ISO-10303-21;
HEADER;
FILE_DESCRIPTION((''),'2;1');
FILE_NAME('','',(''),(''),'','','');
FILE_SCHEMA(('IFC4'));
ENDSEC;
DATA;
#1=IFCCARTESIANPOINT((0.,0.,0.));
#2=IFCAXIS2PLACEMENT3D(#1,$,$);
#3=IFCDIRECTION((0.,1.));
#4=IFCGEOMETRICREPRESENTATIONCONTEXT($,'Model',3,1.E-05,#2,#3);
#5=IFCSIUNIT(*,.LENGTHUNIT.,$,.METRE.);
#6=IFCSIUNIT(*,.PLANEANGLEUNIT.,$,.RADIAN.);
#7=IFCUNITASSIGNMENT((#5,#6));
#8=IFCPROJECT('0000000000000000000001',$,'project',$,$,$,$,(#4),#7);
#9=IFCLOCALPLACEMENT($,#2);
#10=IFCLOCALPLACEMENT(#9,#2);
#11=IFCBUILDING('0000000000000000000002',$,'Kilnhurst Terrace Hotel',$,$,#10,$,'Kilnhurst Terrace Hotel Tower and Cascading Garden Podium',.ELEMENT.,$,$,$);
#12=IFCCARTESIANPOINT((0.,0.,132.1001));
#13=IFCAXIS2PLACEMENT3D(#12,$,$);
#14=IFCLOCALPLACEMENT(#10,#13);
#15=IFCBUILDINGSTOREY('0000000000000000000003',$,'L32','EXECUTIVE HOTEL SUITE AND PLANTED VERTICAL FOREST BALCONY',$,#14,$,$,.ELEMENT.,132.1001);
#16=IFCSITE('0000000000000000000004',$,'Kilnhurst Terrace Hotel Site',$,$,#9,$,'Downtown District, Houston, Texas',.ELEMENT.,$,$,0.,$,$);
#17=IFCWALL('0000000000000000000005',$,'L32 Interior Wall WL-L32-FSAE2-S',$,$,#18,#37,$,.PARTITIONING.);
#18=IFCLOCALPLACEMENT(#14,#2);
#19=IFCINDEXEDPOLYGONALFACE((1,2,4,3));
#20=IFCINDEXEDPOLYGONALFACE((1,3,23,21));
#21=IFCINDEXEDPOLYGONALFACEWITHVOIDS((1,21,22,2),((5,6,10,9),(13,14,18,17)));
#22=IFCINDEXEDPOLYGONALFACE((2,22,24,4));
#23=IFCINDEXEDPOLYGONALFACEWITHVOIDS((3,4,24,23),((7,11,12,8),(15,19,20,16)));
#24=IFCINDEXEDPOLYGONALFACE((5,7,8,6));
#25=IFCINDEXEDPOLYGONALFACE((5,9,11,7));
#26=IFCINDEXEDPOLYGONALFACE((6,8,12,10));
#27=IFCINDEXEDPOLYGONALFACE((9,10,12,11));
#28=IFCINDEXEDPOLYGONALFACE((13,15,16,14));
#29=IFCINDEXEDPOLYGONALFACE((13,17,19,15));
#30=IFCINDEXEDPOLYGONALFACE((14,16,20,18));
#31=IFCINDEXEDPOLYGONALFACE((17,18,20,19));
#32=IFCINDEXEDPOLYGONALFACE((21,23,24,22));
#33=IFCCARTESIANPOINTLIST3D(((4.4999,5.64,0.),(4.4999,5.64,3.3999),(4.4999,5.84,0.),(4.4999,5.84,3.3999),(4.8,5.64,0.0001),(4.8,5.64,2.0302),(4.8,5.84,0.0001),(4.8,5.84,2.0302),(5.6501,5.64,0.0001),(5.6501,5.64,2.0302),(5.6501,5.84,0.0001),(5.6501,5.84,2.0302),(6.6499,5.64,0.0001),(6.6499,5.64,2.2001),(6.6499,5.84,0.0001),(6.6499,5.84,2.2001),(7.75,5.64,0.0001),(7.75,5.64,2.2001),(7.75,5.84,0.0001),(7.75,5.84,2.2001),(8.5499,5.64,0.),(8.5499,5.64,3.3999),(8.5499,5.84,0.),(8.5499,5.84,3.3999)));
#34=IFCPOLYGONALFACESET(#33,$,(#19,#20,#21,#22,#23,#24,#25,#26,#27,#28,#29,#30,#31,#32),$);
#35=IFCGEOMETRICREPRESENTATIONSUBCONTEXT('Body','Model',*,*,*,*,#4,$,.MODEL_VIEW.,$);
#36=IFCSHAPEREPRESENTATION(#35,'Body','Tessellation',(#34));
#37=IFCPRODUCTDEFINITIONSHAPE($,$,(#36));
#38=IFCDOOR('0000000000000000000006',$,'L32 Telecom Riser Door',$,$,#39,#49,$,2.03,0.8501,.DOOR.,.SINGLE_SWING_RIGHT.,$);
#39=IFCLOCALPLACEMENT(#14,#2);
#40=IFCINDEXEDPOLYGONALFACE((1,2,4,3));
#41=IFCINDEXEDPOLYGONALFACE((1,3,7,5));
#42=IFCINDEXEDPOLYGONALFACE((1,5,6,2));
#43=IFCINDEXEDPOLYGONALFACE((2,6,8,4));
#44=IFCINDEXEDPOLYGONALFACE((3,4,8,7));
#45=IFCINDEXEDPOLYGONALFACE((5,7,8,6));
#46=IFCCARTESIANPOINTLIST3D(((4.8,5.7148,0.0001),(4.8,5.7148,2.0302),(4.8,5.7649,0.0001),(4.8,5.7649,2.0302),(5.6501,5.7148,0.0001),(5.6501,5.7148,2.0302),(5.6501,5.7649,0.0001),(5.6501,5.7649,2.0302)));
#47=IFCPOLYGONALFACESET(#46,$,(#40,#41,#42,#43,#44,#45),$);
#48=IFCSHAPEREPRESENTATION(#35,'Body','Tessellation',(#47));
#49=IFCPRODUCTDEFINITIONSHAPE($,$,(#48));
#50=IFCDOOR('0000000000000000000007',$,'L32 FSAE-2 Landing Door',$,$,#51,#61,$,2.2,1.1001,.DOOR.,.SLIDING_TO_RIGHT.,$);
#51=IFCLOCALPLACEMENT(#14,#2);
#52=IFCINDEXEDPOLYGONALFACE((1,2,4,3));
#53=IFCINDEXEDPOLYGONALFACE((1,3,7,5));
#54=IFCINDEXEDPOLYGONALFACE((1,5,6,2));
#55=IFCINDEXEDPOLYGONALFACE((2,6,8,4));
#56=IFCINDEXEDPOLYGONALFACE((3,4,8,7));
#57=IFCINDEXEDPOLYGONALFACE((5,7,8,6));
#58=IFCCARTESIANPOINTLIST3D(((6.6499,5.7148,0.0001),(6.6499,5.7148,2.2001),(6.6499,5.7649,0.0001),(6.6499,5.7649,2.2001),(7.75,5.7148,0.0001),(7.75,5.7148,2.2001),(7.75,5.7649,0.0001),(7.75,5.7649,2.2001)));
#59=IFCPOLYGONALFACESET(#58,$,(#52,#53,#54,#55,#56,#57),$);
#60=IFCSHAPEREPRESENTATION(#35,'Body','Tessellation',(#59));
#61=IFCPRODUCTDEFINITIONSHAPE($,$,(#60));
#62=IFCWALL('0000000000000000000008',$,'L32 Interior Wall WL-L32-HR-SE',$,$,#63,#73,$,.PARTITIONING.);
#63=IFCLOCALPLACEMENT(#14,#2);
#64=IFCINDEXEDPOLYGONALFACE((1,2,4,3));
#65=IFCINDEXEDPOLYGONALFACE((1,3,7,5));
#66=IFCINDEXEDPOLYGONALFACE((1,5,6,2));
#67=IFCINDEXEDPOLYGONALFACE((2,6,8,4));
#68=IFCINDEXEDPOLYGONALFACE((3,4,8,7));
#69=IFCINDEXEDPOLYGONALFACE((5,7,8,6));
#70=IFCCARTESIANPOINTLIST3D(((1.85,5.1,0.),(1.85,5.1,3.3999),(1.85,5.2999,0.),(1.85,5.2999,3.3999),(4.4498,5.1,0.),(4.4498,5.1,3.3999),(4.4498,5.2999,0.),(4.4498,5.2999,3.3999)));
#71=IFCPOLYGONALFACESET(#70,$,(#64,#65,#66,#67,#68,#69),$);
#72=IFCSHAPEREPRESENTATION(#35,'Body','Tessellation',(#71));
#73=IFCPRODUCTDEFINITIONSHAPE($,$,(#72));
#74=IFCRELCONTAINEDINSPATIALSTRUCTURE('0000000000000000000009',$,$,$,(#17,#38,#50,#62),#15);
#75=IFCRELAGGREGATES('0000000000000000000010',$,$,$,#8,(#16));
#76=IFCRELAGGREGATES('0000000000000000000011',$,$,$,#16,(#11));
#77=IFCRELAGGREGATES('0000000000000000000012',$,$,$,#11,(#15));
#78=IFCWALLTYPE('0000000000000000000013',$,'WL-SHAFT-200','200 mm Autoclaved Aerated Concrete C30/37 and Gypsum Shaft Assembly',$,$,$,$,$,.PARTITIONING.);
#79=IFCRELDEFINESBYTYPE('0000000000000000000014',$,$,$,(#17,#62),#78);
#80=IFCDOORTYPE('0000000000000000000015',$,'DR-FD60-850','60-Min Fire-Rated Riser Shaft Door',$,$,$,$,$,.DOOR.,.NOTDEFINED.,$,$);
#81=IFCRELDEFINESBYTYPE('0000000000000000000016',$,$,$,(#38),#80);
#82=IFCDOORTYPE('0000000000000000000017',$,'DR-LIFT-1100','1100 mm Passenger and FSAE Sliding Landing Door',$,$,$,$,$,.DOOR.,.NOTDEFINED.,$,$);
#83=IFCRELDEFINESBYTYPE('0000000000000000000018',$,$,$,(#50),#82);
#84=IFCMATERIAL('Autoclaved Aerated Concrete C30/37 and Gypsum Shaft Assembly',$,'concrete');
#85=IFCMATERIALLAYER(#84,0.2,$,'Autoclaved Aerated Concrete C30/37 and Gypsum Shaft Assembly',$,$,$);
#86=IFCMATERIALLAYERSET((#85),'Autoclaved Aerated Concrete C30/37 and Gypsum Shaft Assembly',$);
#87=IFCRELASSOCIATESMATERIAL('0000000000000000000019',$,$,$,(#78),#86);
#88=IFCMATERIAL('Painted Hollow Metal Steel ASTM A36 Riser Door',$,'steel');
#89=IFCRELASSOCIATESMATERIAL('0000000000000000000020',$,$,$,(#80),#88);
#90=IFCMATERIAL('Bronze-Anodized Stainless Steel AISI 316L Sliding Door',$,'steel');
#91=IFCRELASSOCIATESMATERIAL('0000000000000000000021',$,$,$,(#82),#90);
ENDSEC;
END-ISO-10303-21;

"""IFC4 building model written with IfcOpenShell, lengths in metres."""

from ifc_helpers import new_model, si_unit, direction, frame, frame_2d, origin, place, context, subcontext, project, spatial, rectangle, extrude, material, layer, layer_set, type_object, element, fill, save


model = new_model("IFC4")

# Units and contexts
model_context = context("Model", 3, precision=1e-05, world=origin(), true_north=direction((0.0, 1.0)))
body_context = subcontext(model_context, "Body", "Model", "MODEL_VIEW")
ifc_project = project(units=[si_unit("LENGTHUNIT", "METRE"), si_unit("PLANEANGLEUNIT", "RADIAN")], contexts=[model_context])

# Site, building, storey
site_placement = place(None, origin())
site = spatial("IfcSite", under=ifc_project, at=site_placement, Name="Kilnhurst Terrace Hotel Site", LongName="Downtown District, Houston, Texas", CompositionType="ELEMENT", RefElevation=0.0)
building_placement = place(site_placement, origin())
building = spatial("IfcBuilding", under=site, at=building_placement, Name="Kilnhurst Terrace Hotel", LongName="Kilnhurst Terrace Hotel Tower and Cascading Garden Podium", CompositionType="ELEMENT")
storey_placement = place(building_placement, frame((0.0, 0.0, 132.1001)))
storey = spatial("IfcBuildingStorey", under=building, at=storey_placement, Name="L32", Description="EXECUTIVE HOTEL SUITE AND PLANTED VERTICAL FOREST BALCONY", CompositionType="ELEMENT", Elevation=132.1001)

# Wall, openings, doors
ifc_material_1 = material(Name="Autoclaved Aerated Concrete C30/37 and Gypsum Shaft Assembly", Category="concrete")
ifc_layer_1 = layer(ifc_material_1, 0.2, Name="Autoclaved Aerated Concrete C30/37 and Gypsum Shaft Assembly")
ifc_layer_set_1 = layer_set([ifc_layer_1], Name="Autoclaved Aerated Concrete C30/37 and Gypsum Shaft Assembly")
wall_type_1 = type_object("IfcWallType", Name="WL-SHAFT-200", Description="200 mm Autoclaved Aerated Concrete C30/37 and Gypsum Shaft Assembly", PredefinedType="PARTITIONING", material=ifc_layer_set_1)
wall_1_placement = place(storey_placement, frame((4.5, 5.74, 0.0), z_axis=(0.0, 0.0, 1.0), x_axis=(1.0, 0.0, 0.0)))
wall_1 = element("IfcWall", 1, at=wall_1_placement, inside=storey, type_object=wall_type_1, Name="L32 Interior Wall WL-L32-FSAE2-S", PredefinedType="PARTITIONING", context=body_context, shape_type="SweptSolid", body=[
    extrude(rectangle(XDim=4.05, YDim=0.2, at=frame_2d((2.0249, 0.0))), origin(), (0.0, 0.0, 1.0), 3.3999),
])
opening_1_placement = place(wall_1_placement, frame((0.3, 0.0, 0.0)))
opening_1 = element("IfcOpeningElement", 2, at=opening_1_placement, cuts=wall_1, PredefinedType="OPENING", context=body_context, shape_type="SweptSolid", body=[
    extrude(rectangle(XDim=0.8501, YDim=2.03, at=frame_2d((0.425, 1.0151))), frame((0.0, 0.1099, 0.0), z_axis=(0.0, -1.0, 0.0), x_axis=(1.0, 0.0, 0.0)), (0.0, 0.0, 1.0), 0.22),
])
opening_2_placement = place(wall_1_placement, frame((2.1499, 0.0, 0.0)))
opening_2 = element("IfcOpeningElement", 3, at=opening_2_placement, cuts=wall_1, PredefinedType="OPENING", context=body_context, shape_type="SweptSolid", body=[
    extrude(rectangle(XDim=1.1001, YDim=2.2, at=frame_2d((0.55, 1.1001))), frame((0.0, 0.1099, 0.0), z_axis=(0.0, -1.0, 0.0), x_axis=(1.0, 0.0, 0.0)), (0.0, 0.0, 1.0), 0.22),
])
ifc_material_2 = material(Name="Painted Hollow Metal Steel ASTM A36 Riser Door", Category="steel")
door_type_1 = type_object("IfcDoorType", Name="DR-FD60-850", Description="60-Min Fire-Rated Riser Shaft Door", OperationType="NOTDEFINED", PredefinedType="DOOR", material=ifc_material_2)
door_1_placement = place(opening_1_placement, origin())
door_1 = element("IfcDoor", 4, at=door_1_placement, inside=storey, type_object=door_type_1, Name="L32 Telecom Riser Door", OperationType="SINGLE_SWING_RIGHT", OverallHeight=2.03, OverallWidth=0.8501, PredefinedType="DOOR", context=body_context, shape_type="SweptSolid", body=[
    extrude(rectangle(XDim=0.8501, YDim=2.03, at=frame_2d((0.425, 1.0151))), frame((0.0, 0.0249, 0.0), z_axis=(0.0, -1.0, 0.0), x_axis=(1.0, 0.0, 0.0)), (0.0, 0.0, 1.0), 0.05),
])
fill(opening_1, door_1)
ifc_material_3 = material(Name="Bronze-Anodized Stainless Steel AISI 316L Sliding Door", Category="steel")
door_type_2 = type_object("IfcDoorType", Name="DR-LIFT-1100", Description="1100 mm Passenger and FSAE Sliding Landing Door", OperationType="NOTDEFINED", PredefinedType="DOOR", material=ifc_material_3)
door_2_placement = place(opening_2_placement, origin())
door_2 = element("IfcDoor", 5, at=door_2_placement, inside=storey, type_object=door_type_2, Name="L32 FSAE-2 Landing Door", OperationType="SLIDING_TO_RIGHT", OverallHeight=2.2, OverallWidth=1.1001, PredefinedType="DOOR", context=body_context, shape_type="SweptSolid", body=[
    extrude(rectangle(XDim=1.1001, YDim=2.2, at=frame_2d((0.55, 1.1001))), frame((0.0, 0.0249, 0.0), z_axis=(0.0, -1.0, 0.0), x_axis=(1.0, 0.0, 0.0)), (0.0, 0.0, 1.0), 0.05),
])
fill(opening_2, door_2)

# Wall
wall_2_placement = place(storey_placement, frame((1.8501, 5.2, 0.0), z_axis=(0.0, 0.0, 1.0), x_axis=(1.0, 0.0, 0.0)))
element("IfcWall", 6, at=wall_2_placement, inside=storey, type_object=wall_type_1, Name="L32 Interior Wall WL-L32-HR-SE", PredefinedType="PARTITIONING", context=body_context, shape_type="SweptSolid", body=[
    extrude(rectangle(XDim=2.5999, YDim=0.2, at=frame_2d((1.2998, 0.0))), origin(), (0.0, 0.0, 1.0), 3.3999),
])

save(model, "model.ifc")
